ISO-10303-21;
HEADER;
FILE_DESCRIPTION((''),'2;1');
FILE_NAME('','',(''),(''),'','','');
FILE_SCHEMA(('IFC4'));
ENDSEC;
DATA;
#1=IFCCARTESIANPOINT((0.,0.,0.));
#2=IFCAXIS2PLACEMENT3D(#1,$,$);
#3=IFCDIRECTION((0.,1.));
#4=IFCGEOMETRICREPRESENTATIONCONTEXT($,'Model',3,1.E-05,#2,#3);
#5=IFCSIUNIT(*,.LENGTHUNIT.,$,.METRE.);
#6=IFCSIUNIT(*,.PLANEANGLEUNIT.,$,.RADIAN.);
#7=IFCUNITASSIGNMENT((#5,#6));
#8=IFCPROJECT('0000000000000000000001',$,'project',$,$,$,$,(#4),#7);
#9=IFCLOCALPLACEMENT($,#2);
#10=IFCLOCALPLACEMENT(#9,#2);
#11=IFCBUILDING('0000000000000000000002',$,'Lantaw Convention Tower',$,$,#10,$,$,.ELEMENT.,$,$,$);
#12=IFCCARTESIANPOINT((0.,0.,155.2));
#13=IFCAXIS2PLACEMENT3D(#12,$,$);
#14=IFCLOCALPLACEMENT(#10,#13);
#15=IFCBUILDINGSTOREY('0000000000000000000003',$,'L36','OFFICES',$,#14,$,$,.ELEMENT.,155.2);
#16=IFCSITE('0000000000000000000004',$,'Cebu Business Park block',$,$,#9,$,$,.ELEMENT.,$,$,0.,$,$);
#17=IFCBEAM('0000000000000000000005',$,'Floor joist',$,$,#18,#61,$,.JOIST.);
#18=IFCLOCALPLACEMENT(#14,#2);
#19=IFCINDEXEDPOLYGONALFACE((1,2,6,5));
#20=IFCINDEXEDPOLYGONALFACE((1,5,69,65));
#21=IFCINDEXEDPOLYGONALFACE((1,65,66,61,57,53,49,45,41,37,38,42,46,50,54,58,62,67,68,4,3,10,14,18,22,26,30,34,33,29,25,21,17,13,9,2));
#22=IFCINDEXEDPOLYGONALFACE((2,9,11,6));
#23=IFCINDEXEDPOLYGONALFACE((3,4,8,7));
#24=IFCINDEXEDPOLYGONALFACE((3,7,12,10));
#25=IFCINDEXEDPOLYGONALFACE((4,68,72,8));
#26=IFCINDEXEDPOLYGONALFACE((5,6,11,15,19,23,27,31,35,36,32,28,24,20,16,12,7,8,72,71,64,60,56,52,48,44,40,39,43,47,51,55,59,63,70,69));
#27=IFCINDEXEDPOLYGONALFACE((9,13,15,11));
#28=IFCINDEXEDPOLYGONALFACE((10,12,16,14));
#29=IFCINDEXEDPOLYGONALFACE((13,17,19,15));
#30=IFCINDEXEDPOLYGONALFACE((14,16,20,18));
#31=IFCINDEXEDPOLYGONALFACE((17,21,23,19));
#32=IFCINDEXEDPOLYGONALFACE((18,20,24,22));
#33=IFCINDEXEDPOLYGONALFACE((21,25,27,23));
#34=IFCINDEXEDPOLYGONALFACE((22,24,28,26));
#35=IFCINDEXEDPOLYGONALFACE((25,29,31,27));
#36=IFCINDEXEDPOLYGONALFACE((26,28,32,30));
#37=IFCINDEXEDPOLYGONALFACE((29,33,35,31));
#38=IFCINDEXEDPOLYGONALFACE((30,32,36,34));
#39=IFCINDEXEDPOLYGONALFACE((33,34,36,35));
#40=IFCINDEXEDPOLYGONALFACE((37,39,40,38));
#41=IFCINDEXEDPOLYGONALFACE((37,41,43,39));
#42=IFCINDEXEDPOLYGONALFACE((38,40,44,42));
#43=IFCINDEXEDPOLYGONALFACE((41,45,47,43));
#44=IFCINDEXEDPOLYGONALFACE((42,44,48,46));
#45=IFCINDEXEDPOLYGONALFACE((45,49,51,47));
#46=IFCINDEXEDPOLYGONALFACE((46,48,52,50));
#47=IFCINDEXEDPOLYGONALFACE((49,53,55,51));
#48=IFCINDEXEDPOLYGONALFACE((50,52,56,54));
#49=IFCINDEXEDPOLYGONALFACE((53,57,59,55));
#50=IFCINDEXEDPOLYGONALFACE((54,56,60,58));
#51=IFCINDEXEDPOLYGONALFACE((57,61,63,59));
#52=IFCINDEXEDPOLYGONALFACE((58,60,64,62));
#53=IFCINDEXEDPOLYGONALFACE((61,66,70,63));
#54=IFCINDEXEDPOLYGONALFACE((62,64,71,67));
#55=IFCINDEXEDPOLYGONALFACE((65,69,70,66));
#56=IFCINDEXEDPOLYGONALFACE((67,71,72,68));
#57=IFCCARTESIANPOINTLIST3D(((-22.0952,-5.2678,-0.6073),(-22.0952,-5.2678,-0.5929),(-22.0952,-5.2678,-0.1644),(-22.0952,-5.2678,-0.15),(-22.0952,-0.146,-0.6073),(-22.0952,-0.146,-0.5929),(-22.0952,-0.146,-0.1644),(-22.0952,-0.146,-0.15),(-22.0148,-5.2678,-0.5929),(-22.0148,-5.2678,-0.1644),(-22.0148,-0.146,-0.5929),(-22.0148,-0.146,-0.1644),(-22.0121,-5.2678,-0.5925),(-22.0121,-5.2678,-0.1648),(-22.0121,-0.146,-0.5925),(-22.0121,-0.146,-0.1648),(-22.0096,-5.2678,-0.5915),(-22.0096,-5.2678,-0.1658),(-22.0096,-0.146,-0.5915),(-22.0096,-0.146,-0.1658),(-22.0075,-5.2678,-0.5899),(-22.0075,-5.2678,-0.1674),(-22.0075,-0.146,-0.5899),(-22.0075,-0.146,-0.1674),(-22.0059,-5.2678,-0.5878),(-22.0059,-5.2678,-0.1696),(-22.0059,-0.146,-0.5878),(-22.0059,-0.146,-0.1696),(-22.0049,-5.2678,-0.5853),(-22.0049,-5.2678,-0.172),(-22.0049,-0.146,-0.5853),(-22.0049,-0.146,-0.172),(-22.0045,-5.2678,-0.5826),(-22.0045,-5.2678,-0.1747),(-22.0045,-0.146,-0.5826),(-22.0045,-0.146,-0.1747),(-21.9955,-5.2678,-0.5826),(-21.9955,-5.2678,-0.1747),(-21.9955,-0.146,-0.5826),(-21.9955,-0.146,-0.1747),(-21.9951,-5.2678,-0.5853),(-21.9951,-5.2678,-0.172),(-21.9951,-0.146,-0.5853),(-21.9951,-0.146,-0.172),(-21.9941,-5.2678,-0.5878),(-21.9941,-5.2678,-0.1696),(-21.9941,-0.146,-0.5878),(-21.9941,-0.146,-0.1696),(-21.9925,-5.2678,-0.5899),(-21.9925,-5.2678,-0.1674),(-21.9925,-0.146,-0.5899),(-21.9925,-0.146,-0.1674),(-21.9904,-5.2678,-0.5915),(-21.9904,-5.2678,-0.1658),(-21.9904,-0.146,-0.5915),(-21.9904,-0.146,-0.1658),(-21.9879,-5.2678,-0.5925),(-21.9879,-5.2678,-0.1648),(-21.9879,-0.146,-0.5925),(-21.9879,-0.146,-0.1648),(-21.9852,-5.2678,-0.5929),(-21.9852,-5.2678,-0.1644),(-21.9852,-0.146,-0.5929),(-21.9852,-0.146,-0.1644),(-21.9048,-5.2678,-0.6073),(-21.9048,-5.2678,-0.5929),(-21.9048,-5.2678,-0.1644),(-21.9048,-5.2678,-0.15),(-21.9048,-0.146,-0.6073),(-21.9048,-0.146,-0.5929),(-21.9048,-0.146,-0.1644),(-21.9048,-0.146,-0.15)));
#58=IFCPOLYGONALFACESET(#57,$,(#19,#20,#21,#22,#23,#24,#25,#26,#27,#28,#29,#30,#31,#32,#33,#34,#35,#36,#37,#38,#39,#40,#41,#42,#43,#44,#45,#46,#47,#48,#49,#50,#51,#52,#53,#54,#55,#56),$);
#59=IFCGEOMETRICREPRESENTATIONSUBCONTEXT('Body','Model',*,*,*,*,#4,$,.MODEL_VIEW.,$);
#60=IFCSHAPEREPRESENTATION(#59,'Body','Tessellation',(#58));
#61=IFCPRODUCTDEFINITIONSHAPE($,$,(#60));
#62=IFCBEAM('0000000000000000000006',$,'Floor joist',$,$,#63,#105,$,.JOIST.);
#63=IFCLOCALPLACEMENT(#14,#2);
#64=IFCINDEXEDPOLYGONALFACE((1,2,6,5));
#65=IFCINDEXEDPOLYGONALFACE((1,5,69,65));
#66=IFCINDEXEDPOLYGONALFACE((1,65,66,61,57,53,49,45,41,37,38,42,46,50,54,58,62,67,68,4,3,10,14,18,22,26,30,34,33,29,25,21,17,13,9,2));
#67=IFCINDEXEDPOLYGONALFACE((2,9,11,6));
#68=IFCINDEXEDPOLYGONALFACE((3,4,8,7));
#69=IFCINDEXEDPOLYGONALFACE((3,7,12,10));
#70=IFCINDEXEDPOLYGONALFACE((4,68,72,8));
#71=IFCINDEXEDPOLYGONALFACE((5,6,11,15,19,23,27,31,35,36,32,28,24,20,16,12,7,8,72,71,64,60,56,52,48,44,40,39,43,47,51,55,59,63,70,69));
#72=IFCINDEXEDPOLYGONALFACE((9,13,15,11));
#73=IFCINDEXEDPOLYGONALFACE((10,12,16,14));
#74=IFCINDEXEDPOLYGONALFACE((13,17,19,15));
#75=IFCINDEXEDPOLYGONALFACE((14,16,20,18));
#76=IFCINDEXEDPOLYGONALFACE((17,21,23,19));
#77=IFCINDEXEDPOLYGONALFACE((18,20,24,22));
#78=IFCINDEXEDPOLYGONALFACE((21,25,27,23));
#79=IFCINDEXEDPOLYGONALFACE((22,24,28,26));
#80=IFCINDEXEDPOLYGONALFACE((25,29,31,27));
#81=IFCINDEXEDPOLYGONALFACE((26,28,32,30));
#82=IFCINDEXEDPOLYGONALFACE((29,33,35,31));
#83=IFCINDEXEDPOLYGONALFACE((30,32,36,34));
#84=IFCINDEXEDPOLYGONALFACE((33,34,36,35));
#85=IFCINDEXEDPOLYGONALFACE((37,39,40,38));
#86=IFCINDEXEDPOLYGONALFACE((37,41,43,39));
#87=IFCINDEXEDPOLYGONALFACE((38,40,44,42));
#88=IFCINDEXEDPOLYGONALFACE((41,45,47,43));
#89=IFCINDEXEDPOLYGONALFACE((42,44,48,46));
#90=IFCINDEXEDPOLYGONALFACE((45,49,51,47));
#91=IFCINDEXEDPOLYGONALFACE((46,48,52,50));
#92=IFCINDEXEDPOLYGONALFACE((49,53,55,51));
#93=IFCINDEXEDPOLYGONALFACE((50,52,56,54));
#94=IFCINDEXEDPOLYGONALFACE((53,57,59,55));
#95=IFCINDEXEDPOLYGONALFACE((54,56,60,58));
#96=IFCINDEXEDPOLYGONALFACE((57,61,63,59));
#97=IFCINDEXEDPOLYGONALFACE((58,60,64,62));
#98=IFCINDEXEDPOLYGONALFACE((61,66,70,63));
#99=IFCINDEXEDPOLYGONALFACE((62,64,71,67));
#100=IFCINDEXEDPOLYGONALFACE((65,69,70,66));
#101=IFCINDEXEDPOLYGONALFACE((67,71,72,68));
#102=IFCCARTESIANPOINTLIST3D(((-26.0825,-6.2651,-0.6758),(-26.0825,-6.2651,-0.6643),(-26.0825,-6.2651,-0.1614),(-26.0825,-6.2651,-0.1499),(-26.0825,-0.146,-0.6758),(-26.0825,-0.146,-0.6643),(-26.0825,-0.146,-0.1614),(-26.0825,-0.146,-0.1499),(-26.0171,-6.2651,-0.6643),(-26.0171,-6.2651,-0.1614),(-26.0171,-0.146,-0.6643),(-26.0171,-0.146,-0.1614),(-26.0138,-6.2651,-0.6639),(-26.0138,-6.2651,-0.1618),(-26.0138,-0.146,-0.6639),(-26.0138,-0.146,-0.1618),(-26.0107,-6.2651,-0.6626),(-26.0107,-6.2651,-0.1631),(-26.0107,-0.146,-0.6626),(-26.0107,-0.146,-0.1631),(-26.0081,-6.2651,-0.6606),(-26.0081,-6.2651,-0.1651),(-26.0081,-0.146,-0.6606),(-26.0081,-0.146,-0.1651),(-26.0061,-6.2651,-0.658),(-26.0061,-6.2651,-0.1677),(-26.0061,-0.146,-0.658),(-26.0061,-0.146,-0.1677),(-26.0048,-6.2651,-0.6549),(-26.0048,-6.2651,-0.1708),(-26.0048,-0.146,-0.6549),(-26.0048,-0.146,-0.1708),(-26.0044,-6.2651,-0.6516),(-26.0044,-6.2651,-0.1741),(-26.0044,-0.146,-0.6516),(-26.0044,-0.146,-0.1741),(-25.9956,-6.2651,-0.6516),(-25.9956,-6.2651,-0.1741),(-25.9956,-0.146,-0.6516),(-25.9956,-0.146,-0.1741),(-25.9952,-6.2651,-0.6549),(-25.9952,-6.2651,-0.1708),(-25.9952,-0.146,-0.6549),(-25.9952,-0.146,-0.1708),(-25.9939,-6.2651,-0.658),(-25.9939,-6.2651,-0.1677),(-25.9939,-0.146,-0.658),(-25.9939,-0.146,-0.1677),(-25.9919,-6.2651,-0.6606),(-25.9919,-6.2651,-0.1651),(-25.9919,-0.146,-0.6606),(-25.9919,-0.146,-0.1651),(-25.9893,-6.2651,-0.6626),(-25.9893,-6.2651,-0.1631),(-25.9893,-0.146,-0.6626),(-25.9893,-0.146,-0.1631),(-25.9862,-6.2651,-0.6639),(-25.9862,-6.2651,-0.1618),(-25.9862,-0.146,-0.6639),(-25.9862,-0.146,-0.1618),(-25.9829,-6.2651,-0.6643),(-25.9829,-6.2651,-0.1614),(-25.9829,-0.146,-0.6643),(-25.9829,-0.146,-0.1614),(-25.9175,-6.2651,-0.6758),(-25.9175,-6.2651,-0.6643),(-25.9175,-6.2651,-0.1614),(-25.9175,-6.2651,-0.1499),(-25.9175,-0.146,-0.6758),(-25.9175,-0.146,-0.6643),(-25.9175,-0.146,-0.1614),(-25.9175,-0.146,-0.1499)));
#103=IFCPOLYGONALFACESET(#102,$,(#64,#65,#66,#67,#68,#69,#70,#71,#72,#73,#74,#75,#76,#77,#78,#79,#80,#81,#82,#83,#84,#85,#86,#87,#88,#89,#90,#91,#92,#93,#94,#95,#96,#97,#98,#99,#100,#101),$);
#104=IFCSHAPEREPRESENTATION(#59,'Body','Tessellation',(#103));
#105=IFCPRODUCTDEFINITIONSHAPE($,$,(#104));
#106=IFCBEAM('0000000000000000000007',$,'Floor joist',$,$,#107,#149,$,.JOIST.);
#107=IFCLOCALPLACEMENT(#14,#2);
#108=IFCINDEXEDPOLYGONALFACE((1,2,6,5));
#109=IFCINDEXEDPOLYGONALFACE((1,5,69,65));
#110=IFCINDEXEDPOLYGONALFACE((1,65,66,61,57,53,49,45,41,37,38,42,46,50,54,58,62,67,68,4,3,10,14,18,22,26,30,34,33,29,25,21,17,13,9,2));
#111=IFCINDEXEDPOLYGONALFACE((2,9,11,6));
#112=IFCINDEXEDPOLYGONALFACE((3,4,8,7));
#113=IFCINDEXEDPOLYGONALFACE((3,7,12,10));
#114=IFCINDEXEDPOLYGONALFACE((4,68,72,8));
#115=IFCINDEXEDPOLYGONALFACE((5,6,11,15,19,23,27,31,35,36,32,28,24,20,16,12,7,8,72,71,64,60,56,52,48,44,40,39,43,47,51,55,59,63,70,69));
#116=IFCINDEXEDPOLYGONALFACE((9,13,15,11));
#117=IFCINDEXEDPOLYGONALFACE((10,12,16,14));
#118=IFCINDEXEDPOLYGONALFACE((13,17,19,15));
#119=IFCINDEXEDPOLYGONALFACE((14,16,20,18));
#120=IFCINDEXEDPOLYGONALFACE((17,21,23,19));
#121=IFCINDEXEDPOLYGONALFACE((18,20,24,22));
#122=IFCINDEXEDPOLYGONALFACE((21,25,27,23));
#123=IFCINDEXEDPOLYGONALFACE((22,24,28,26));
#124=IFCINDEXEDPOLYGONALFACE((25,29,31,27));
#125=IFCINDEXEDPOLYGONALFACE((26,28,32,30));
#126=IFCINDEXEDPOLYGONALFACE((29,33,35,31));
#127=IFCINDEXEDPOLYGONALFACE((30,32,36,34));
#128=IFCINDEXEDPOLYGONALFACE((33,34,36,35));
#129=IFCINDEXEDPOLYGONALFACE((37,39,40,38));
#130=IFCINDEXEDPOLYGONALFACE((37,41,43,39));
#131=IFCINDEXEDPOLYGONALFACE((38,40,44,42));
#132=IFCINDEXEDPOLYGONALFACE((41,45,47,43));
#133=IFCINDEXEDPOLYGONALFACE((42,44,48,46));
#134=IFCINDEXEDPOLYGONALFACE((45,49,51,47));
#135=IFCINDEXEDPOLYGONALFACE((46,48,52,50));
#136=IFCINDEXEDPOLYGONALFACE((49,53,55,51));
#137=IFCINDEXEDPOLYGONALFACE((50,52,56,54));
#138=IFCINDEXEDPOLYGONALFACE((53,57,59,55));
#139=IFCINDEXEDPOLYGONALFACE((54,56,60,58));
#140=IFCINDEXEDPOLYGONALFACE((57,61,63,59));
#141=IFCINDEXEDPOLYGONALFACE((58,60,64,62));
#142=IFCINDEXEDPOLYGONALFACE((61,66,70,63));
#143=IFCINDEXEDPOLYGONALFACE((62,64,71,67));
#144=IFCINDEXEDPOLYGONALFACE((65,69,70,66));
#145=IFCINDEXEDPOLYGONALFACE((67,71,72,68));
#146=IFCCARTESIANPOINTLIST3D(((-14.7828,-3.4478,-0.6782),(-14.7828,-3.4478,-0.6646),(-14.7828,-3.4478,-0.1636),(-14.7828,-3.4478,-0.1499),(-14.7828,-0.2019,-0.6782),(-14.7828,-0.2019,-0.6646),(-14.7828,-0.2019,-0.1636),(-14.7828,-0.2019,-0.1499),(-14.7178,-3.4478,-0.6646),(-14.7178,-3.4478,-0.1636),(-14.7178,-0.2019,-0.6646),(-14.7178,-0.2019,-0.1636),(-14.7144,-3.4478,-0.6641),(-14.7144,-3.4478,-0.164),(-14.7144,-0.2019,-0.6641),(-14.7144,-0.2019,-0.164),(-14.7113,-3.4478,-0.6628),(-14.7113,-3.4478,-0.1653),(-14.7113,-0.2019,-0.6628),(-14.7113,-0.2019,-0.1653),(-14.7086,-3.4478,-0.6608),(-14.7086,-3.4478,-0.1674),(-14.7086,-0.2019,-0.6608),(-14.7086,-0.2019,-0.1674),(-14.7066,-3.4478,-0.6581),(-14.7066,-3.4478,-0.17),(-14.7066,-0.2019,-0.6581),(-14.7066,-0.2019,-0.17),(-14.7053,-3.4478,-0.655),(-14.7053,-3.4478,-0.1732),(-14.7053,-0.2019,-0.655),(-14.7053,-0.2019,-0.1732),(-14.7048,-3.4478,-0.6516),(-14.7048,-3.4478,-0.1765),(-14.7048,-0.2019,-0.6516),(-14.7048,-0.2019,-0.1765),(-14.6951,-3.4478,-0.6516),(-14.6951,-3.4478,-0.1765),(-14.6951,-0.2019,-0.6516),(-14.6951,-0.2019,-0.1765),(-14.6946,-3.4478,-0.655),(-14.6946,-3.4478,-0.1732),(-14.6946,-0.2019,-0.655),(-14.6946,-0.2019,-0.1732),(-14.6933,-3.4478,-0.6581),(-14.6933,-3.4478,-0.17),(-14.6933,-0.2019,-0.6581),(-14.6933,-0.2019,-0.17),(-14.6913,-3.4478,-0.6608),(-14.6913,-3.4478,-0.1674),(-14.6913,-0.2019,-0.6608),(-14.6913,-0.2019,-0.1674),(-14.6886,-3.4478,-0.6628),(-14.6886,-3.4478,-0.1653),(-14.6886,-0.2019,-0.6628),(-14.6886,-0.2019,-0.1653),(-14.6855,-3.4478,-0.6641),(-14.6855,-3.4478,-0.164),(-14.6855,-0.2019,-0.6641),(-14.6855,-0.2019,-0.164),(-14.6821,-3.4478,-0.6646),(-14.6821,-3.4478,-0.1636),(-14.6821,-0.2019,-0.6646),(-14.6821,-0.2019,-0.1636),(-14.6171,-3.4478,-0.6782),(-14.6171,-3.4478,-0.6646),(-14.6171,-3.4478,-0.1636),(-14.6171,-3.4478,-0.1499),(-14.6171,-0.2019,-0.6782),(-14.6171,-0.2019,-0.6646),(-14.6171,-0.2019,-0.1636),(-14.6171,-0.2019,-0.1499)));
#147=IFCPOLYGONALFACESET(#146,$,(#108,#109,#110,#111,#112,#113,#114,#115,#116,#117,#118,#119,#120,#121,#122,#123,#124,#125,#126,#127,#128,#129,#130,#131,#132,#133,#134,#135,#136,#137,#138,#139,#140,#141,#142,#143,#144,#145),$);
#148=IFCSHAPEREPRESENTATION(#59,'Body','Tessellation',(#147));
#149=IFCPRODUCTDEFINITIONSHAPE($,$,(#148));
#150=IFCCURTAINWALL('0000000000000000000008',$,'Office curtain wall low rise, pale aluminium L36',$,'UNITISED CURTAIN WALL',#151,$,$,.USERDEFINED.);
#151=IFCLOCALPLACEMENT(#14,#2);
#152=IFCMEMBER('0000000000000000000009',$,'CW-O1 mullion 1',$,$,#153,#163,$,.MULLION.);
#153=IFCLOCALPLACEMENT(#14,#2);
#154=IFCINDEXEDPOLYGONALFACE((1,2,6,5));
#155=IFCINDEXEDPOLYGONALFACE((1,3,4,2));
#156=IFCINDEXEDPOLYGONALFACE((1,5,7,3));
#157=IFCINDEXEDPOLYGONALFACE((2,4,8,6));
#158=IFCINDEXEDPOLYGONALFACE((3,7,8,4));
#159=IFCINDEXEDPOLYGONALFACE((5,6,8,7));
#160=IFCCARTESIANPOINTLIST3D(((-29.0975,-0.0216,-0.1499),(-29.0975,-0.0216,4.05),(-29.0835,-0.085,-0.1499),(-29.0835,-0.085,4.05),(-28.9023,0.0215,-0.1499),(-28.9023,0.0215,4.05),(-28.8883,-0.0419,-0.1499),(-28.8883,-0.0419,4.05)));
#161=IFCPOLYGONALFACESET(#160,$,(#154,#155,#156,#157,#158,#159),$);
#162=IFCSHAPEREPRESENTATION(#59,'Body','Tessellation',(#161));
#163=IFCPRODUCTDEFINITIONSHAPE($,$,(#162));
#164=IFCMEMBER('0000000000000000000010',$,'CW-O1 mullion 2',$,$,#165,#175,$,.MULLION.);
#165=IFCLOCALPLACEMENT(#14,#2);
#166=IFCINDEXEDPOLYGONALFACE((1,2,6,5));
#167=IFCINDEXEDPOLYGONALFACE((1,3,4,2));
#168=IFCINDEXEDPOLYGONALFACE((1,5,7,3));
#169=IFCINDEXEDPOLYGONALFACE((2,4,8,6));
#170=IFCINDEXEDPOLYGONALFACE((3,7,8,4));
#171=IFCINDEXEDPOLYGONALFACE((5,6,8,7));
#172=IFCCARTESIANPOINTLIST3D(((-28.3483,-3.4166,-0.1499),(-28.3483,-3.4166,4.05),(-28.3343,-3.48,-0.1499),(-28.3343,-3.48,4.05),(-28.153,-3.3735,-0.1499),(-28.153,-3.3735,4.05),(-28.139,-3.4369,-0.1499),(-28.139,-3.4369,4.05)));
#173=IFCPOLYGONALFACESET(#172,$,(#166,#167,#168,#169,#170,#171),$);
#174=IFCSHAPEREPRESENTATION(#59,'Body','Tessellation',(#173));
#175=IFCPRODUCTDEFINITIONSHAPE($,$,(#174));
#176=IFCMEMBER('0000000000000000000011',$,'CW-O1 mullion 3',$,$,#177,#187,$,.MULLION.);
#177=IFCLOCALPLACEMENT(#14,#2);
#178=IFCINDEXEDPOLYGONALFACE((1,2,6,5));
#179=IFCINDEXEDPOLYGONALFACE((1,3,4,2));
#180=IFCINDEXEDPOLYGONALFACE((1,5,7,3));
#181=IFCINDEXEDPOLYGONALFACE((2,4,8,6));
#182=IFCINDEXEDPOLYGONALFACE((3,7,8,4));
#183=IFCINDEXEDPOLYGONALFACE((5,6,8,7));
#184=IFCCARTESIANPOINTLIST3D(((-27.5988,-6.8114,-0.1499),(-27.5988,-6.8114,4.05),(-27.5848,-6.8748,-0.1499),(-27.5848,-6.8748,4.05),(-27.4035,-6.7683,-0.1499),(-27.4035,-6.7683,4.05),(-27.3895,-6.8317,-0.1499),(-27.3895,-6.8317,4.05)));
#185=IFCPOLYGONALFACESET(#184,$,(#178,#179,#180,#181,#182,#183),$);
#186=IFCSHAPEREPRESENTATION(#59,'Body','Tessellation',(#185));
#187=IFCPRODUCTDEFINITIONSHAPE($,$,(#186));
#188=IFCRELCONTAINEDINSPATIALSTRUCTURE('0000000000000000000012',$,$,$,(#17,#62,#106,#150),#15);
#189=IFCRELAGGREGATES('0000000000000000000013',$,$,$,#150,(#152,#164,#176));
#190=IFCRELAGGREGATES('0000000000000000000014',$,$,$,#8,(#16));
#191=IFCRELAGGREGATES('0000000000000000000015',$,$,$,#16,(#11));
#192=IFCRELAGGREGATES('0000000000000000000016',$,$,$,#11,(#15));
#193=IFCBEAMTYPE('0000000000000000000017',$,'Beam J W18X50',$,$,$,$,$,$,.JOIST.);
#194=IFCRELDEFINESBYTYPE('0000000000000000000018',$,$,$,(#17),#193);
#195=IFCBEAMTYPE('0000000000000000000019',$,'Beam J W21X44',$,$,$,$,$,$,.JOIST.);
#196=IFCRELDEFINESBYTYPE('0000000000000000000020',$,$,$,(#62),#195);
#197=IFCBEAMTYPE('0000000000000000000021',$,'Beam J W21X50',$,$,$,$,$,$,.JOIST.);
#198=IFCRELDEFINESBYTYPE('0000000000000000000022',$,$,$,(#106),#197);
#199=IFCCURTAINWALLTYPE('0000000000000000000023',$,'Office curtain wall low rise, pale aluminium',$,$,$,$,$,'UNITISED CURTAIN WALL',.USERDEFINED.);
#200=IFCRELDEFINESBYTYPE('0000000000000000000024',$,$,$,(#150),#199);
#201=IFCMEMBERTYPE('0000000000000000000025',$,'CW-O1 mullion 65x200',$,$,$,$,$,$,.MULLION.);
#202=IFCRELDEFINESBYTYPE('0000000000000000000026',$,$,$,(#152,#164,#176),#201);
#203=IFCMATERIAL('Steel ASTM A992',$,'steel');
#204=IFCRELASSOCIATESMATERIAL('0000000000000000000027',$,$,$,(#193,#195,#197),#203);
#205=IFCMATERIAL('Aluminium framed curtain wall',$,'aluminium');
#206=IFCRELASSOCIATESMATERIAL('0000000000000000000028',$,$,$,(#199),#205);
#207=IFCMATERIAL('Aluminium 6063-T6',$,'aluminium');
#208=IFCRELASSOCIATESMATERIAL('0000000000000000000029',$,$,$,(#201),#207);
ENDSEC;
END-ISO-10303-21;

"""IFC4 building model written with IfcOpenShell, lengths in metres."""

from ifc_helpers import new_model, si_unit, direction, frame, origin, origin_2d, place, context, subcontext, project, spatial, rectangle, i_section, extrude, material, material_profile, profile_set, type_object, element, aggregate, save


model = new_model("IFC4")

# Units and contexts
model_context = context("Model", 3, precision=1e-05, world=origin(), true_north=direction((0.0, 1.0)))
body_context = subcontext(model_context, "Body", "Model", "MODEL_VIEW")
ifc_project = project(units=[si_unit("LENGTHUNIT", "METRE"), si_unit("PLANEANGLEUNIT", "RADIAN")], contexts=[model_context])

# Site, building, storey
site_placement = place(None, origin())
site = spatial("IfcSite", under=ifc_project, at=site_placement, Name="Cebu Business Park block", CompositionType="ELEMENT", RefElevation=0.0)
building_placement = place(site_placement, origin())
building = spatial("IfcBuilding", under=site, at=building_placement, Name="Lantaw Convention Tower", CompositionType="ELEMENT")
storey_placement = place(building_placement, frame((0.0, 0.0, 155.2)))
storey = spatial("IfcBuildingStorey", under=building, at=storey_placement, Name="L36", Description="OFFICES", CompositionType="ELEMENT", Elevation=155.2)

# Beams
ifc_material_1 = material(Name="Steel ASTM A992", Category="steel")
ifc_material_profile_1 = material_profile(ifc_material_1, i_section(OverallWidth=0.1904, OverallDepth=0.4573, WebThickness=0.009, FlangeThickness=0.0144, FilletRadius=0.0103, at=origin_2d()), Name="W18X50")
ifc_profile_set_1 = profile_set([ifc_material_profile_1], Name="Steel ASTM A992")
beam_type_1 = type_object("IfcBeamType", Name="Beam J W18X50", PredefinedType="JOIST", material=ifc_profile_set_1)
beam_1_placement = place(storey_placement, frame((-22.0, -5.2678, -0.3787), z_axis=(0.0, 1.0, 0.0), x_axis=(-1.0, 0.0, 0.0)))
element("IfcBeam", 1, at=beam_1_placement, inside=storey, type_object=beam_type_1, Name="Floor joist", PredefinedType="JOIST", context=body_context, shape_type="SweptSolid", body=[
    extrude(i_section(OverallWidth=0.1904, OverallDepth=0.4573, WebThickness=0.009, FlangeThickness=0.0144, FilletRadius=0.0103, at=origin_2d()), origin(), (0.0, 0.0, 1.0), 5.1218),
])
ifc_material_profile_2 = material_profile(ifc_material_1, i_section(OverallWidth=0.165, OverallDepth=0.5259, WebThickness=0.0088, FlangeThickness=0.0115, FilletRadius=0.0127, at=origin_2d()), Name="W21X44")
ifc_profile_set_2 = profile_set([ifc_material_profile_2], Name="Steel ASTM A992")
beam_type_2 = type_object("IfcBeamType", Name="Beam J W21X44", PredefinedType="JOIST", material=ifc_profile_set_2)
beam_2_placement = place(storey_placement, frame((-26.0, -6.2651, -0.4128), z_axis=(0.0, 1.0, 0.0), x_axis=(-1.0, 0.0, 0.0)))
element("IfcBeam", 2, at=beam_2_placement, inside=storey, type_object=beam_type_2, Name="Floor joist", PredefinedType="JOIST", context=body_context, shape_type="SweptSolid", body=[
    extrude(i_section(OverallWidth=0.165, OverallDepth=0.5259, WebThickness=0.0088, FlangeThickness=0.0115, FilletRadius=0.0127, at=origin_2d()), origin(), (0.0, 0.0, 1.0), 6.1191),
])
ifc_material_profile_3 = material_profile(ifc_material_1, i_section(OverallWidth=0.1658, OverallDepth=0.5283, WebThickness=0.0098, FlangeThickness=0.0137, FilletRadius=0.0129, at=origin_2d()), Name="W21X50")
ifc_profile_set_3 = profile_set([ifc_material_profile_3], Name="Steel ASTM A992")
beam_type_3 = type_object("IfcBeamType", Name="Beam J W21X50", PredefinedType="JOIST", material=ifc_profile_set_3)
beam_3_placement = place(storey_placement, frame((-14.7, -3.4478, -0.4141), z_axis=(0.0, 1.0, 0.0), x_axis=(-1.0, 0.0, 0.0)))
element("IfcBeam", 3, at=beam_3_placement, inside=storey, type_object=beam_type_3, Name="Floor joist", PredefinedType="JOIST", context=body_context, shape_type="SweptSolid", body=[
    extrude(i_section(OverallWidth=0.1658, OverallDepth=0.5283, WebThickness=0.0098, FlangeThickness=0.0137, FilletRadius=0.0129, at=origin_2d()), origin(), (0.0, 0.0, 1.0), 3.2458),
])

# Curtain wall, members
ifc_material_2 = material(Name="Aluminium framed curtain wall", Category="aluminium")
curtain_wall_type = type_object("IfcCurtainWallType", Name="Office curtain wall low rise, pale aluminium", ElementType="UNITISED CURTAIN WALL", PredefinedType="USERDEFINED", material=ifc_material_2)
curtain_wall_1_placement = place(storey_placement, origin())
curtain_wall_1 = element("IfcCurtainWall", 4, at=curtain_wall_1_placement, inside=storey, type_object=curtain_wall_type, Name="Office curtain wall low rise, pale aluminium L36", ObjectType="UNITISED CURTAIN WALL", PredefinedType="USERDEFINED")
ifc_material_3 = material(Name="Aluminium 6063-T6", Category="aluminium")
ifc_material_profile_4 = material_profile(ifc_material_3, rectangle(XDim=0.2, YDim=0.0649, at=origin_2d()), Name="CW-O1 mullion 65x200")
ifc_profile_set_4 = profile_set([ifc_material_profile_4], Name="Aluminium 6063-T6")
member_type_1 = type_object("IfcMemberType", Name="CW-O1 mullion 65x200", PredefinedType="MULLION", material=ifc_profile_set_4)
member_1_placement = place(storey_placement, frame((-28.9929, -0.0317, -0.1499), z_axis=(0.0, 0.0, 1.0), x_axis=(0.976494, 0.215546, 0.0)))
member_1 = element("IfcMember", 5, at=member_1_placement, type_object=member_type_1, Name="CW-O1 mullion 1", PredefinedType="MULLION", context=body_context, shape_type="SweptSolid", body=[
    extrude(rectangle(XDim=0.2, YDim=0.0649, at=origin_2d()), origin(), (0.0, 0.0, 1.0), 4.2),
])
member_2_placement = place(storey_placement, frame((-28.2437, -3.4268, -0.1499), z_axis=(0.0, 0.0, 1.0), x_axis=(0.976494, 0.215546, 0.0)))
member_2 = element("IfcMember", 6, at=member_2_placement, type_object=member_type_1, Name="CW-O1 mullion 2", PredefinedType="MULLION", context=body_context, shape_type="SweptSolid", body=[
    extrude(rectangle(XDim=0.2, YDim=0.0649, at=origin_2d()), origin(), (0.0, 0.0, 1.0), 4.2),
])
member_3_placement = place(storey_placement, frame((-27.4941, -6.8215, -0.1499), z_axis=(0.0, 0.0, 1.0), x_axis=(0.976494, 0.215546, 0.0)))
member_3 = element("IfcMember", 7, at=member_3_placement, type_object=member_type_1, Name="CW-O1 mullion 3", PredefinedType="MULLION", context=body_context, shape_type="SweptSolid", body=[
    extrude(rectangle(XDim=0.2, YDim=0.0649, at=origin_2d()), origin(), (0.0, 0.0, 1.0), 4.2),
])

aggregate(curtain_wall_1, [member_1, member_2, member_3])

save(model, "model.ifc")
